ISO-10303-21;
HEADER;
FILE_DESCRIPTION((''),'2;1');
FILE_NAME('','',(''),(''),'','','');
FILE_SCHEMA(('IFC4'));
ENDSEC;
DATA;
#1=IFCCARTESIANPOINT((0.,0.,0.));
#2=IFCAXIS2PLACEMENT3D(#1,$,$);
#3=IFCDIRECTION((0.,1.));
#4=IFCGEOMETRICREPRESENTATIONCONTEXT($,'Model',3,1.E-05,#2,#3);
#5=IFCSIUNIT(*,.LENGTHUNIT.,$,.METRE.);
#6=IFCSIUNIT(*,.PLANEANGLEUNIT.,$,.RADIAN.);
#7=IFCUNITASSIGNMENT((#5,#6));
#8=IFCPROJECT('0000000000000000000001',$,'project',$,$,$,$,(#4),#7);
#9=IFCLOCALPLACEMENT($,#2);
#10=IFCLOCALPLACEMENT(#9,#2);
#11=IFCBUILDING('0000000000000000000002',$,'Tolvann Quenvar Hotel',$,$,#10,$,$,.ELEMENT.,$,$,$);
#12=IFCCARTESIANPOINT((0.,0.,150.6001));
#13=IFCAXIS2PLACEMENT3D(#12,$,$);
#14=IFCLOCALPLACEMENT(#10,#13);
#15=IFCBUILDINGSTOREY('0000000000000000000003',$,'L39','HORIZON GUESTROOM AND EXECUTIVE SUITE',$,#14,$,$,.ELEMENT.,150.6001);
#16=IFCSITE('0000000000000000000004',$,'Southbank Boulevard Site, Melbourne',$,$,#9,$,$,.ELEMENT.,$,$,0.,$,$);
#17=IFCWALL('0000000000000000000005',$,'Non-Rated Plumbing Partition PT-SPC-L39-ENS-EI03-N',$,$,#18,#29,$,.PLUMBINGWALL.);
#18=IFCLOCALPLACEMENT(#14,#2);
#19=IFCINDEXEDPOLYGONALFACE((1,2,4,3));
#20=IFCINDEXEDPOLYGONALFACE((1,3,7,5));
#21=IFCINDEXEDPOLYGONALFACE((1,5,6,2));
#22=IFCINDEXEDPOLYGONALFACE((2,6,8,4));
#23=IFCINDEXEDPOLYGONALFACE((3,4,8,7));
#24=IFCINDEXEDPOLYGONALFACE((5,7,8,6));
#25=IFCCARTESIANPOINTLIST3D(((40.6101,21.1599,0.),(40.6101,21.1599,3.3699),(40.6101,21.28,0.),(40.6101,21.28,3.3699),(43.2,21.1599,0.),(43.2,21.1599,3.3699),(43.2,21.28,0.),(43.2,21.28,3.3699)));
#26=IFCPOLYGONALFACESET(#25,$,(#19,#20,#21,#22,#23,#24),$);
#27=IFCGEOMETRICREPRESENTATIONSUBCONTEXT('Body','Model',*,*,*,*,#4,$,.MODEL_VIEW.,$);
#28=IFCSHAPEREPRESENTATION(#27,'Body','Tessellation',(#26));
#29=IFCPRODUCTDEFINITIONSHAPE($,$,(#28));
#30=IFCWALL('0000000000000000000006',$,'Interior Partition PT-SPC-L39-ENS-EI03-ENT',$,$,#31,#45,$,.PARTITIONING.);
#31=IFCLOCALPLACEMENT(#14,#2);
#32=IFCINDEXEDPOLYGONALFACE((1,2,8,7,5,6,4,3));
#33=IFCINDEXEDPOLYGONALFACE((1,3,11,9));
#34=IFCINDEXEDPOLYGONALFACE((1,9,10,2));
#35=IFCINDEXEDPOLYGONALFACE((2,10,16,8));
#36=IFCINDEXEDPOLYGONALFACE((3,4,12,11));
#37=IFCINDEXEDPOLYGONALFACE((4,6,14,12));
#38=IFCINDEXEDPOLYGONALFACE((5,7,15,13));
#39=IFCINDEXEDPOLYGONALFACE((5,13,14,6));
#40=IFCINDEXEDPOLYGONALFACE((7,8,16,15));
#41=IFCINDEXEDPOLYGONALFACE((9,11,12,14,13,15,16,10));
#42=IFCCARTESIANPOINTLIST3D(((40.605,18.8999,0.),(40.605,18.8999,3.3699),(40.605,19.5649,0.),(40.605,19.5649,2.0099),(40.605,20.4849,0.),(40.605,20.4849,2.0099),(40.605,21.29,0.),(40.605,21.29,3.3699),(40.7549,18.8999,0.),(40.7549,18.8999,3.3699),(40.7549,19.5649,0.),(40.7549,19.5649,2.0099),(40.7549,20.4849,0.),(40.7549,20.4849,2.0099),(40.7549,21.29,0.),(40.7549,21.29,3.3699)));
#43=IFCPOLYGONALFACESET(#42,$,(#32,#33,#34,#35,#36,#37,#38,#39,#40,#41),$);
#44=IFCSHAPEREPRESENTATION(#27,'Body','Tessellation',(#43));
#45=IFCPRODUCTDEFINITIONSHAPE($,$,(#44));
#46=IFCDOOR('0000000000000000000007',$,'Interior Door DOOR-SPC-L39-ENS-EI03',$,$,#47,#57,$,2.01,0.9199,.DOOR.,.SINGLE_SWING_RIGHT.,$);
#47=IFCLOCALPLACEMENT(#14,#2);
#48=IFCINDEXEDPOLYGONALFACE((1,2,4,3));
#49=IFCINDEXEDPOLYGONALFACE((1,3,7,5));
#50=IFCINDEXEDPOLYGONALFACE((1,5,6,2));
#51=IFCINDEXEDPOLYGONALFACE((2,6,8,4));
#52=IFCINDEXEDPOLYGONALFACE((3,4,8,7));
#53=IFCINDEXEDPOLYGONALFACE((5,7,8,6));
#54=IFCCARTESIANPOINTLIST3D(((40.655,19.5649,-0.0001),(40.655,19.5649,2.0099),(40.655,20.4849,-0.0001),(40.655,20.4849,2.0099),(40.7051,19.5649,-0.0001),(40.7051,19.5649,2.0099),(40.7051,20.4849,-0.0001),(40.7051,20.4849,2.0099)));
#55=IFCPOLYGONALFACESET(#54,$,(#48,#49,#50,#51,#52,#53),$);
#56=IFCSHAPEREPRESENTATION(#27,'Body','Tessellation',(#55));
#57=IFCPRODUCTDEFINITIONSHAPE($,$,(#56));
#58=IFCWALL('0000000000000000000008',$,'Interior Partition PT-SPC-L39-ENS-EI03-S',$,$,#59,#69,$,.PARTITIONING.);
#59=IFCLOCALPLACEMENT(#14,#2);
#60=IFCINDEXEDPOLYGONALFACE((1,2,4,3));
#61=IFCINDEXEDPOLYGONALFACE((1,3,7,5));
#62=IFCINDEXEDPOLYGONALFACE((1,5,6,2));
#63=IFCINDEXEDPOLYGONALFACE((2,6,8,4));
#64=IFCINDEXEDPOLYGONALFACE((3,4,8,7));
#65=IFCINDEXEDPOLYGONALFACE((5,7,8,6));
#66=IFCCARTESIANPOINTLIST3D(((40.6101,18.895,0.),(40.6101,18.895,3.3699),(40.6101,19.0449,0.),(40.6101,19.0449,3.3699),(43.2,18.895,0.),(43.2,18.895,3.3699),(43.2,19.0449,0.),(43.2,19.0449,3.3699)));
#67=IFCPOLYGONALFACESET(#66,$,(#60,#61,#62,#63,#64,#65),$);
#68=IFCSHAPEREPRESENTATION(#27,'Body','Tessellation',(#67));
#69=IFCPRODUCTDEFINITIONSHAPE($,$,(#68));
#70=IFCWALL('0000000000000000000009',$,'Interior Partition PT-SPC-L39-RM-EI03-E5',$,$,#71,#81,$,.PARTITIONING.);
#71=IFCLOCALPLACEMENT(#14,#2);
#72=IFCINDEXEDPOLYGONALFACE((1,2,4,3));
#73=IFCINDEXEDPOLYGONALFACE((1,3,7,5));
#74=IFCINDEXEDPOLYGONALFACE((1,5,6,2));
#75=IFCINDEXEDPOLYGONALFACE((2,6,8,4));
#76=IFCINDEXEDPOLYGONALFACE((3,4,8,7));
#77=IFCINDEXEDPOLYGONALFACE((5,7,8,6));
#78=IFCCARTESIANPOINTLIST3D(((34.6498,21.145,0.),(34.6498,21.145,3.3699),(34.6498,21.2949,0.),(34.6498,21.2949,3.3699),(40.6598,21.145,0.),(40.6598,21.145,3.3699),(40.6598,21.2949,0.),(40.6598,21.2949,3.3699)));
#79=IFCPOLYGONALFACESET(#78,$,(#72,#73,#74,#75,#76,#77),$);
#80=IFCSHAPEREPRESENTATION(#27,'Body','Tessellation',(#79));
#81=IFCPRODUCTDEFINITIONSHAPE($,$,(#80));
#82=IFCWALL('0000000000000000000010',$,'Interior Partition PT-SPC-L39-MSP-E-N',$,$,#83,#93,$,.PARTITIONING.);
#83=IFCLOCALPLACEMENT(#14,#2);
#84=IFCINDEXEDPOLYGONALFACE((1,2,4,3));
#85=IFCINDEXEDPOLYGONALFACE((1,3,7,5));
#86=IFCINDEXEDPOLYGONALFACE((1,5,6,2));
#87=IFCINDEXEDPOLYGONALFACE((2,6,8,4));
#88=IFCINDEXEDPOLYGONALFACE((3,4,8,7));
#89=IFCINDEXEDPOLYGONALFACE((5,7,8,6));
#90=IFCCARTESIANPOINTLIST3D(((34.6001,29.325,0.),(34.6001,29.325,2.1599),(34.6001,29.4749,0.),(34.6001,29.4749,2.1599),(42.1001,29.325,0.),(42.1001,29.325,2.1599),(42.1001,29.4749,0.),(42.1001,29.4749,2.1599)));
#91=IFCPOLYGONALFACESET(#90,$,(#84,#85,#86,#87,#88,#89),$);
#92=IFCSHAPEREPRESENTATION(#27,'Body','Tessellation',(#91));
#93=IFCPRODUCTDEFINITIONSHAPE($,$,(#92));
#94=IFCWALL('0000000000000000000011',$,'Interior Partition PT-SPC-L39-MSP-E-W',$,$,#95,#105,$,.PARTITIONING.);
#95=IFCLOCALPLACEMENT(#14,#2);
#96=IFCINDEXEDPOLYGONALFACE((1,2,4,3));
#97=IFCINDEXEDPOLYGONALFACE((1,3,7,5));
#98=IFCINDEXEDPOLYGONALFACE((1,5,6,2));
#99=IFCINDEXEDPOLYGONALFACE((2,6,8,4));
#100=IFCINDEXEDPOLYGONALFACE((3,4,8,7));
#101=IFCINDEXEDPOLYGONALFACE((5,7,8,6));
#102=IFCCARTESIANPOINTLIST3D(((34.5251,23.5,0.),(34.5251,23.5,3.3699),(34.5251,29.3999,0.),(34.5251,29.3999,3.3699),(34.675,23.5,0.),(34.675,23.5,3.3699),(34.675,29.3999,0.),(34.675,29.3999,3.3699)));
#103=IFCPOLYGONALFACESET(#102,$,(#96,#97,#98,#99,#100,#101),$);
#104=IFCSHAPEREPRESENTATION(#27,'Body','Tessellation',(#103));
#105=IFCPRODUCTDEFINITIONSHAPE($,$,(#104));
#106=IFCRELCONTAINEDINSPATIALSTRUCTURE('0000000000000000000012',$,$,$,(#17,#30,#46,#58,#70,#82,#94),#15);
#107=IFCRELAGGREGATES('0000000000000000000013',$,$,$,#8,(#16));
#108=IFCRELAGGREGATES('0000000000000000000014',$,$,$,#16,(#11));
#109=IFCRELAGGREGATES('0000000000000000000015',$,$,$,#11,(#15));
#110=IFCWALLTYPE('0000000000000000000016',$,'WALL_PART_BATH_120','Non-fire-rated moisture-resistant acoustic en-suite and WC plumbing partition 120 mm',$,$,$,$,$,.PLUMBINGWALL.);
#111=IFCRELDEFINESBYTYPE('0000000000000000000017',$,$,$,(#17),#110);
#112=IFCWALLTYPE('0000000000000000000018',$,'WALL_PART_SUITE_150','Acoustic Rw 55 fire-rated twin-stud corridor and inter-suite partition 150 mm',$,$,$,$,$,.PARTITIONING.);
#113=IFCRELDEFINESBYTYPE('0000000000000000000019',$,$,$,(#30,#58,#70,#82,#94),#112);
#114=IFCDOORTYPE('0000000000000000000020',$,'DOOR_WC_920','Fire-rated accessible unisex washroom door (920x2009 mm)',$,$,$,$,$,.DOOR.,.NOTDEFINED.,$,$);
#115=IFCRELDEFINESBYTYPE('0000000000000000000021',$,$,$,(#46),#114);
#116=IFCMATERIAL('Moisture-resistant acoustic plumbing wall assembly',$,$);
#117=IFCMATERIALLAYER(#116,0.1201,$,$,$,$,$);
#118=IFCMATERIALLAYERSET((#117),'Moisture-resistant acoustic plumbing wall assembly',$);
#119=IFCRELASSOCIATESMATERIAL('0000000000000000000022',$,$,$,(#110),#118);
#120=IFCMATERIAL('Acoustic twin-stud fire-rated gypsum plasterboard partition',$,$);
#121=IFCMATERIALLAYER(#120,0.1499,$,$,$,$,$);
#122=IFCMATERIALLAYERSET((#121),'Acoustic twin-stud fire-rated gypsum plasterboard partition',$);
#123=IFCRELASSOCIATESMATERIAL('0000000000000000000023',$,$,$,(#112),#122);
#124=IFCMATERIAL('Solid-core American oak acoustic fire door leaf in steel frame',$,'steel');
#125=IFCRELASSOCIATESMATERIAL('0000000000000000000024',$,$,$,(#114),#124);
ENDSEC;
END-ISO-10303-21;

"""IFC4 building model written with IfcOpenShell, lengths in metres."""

from ifc_helpers import new_model, si_unit, direction, frame, frame_2d, origin, place, context, subcontext, project, spatial, rectangle, extrude, source, transform, mapped, material, layer, layer_set, type_object, type_shapes, element, fill, save


model = new_model("IFC4")

# Units and contexts
model_context = context("Model", 3, precision=1e-05, world=origin(), true_north=direction((0.0, 1.0)))
body_context = subcontext(model_context, "Body", "Model", "MODEL_VIEW")
ifc_project = project(units=[si_unit("LENGTHUNIT", "METRE"), si_unit("PLANEANGLEUNIT", "RADIAN")], contexts=[model_context])

# Site, building, storey
site_placement = place(None, origin())
site = spatial("IfcSite", under=ifc_project, at=site_placement, Name="Southbank Boulevard Site, Melbourne", CompositionType="ELEMENT", RefElevation=0.0)
building_placement = place(site_placement, origin())
building = spatial("IfcBuilding", under=site, at=building_placement, Name="Tolvann Quenvar Hotel", CompositionType="ELEMENT")
storey_placement = place(building_placement, frame((0.0, 0.0, 150.6001)))
storey = spatial("IfcBuildingStorey", under=building, at=storey_placement, Name="L39", Description="HORIZON GUESTROOM AND EXECUTIVE SUITE", CompositionType="ELEMENT", Elevation=150.6001)

# Shared definitions
ifc_material_1 = material(Name="Acoustic twin-stud fire-rated gypsum plasterboard partition")
ifc_material_2 = material(Name="Solid-core American oak acoustic fire door leaf in steel frame", Category="steel")

# Wall
ifc_material_3 = material(Name="Moisture-resistant acoustic plumbing wall assembly")
ifc_layer_1 = layer(ifc_material_3, 0.1201)
ifc_layer_set_1 = layer_set([ifc_layer_1], Name="Moisture-resistant acoustic plumbing wall assembly")
wall_type_1 = type_object("IfcWallType", Name="WALL_PART_BATH_120", Description="Non-fire-rated moisture-resistant acoustic en-suite and WC plumbing partition 120 mm", PredefinedType="PLUMBINGWALL", material=ifc_layer_set_1)
wall_1_placement = place(storey_placement, frame((40.6101, 21.22, 0.0), z_axis=(0.0, 0.0, 1.0), x_axis=(1.0, 0.0, 0.0)))
element("IfcWall", 1, at=wall_1_placement, inside=storey, type_object=wall_type_1, Name="Non-Rated Plumbing Partition PT-SPC-L39-ENS-EI03-N", PredefinedType="PLUMBINGWALL", context=body_context, shape_type="SweptSolid", body=[
    extrude(rectangle(XDim=2.5898, YDim=0.1201, at=frame_2d((1.2949, 0.0))), origin(), (0.0, 0.0, 1.0), 3.3699),
])

# Wall, opening, door
ifc_layer_2 = layer(ifc_material_1, 0.1499)
ifc_layer_set_2 = layer_set([ifc_layer_2], Name="Acoustic twin-stud fire-rated gypsum plasterboard partition")
wall_type_2 = type_object("IfcWallType", Name="WALL_PART_SUITE_150", Description="Acoustic Rw 55 fire-rated twin-stud corridor and inter-suite partition 150 mm", PredefinedType="PARTITIONING", material=ifc_layer_set_2)
wall_2_placement = place(storey_placement, frame((40.6799, 18.8999, 0.0), z_axis=(0.0, 0.0, 1.0), x_axis=(0.0, 1.0, 0.0)))
wall_2 = element("IfcWall", 2, at=wall_2_placement, inside=storey, type_object=wall_type_2, Name="Interior Partition PT-SPC-L39-ENS-EI03-ENT", PredefinedType="PARTITIONING", context=body_context, shape_type="SweptSolid", body=[
    extrude(rectangle(XDim=2.3901, YDim=0.1499, at=frame_2d((1.1951, 0.0))), origin(), (0.0, 0.0, 1.0), 3.3699),
])
opening_1_placement = place(wall_2_placement, frame((0.665, 0.0, 0.0)))
opening_1 = element("IfcOpeningElement", 3, at=opening_1_placement, cuts=wall_2, PredefinedType="OPENING", context=body_context, shape_type="SweptSolid", body=[
    extrude(rectangle(XDim=0.9199, YDim=2.01, at=frame_2d((0.46, 1.0049))), frame((0.0, 0.085, 0.0), z_axis=(0.0, -1.0, 0.0), x_axis=(1.0, 0.0, 0.0)), (0.0, 0.0, 1.0), 0.1699),
])
door_type_1 = type_object("IfcDoorType", Name="DOOR_WC_920", Description="Fire-rated accessible unisex washroom door (920x2009 mm)", OperationType="NOTDEFINED", PredefinedType="DOOR", material=ifc_material_2)
shared_shape_1 = source(origin(), body_context, "Body", "SweptSolid", [
    extrude(rectangle(XDim=0.9199, YDim=2.01, at=frame_2d((0.46, 1.0049))), frame((0.0, 0.0249, 0.0), z_axis=(0.0, -1.0, 0.0), x_axis=(1.0, 0.0, 0.0)), (0.0, 0.0, 1.0), 0.05),
])
type_shapes(door_type_1, [shared_shape_1])
door_1_placement = place(opening_1_placement, origin())
door_1 = element("IfcDoor", 4, at=door_1_placement, inside=storey, type_object=door_type_1, Name="Interior Door DOOR-SPC-L39-ENS-EI03", OperationType="SINGLE_SWING_RIGHT", OverallHeight=2.01, OverallWidth=0.9199, PredefinedType="DOOR", context=body_context, shape_type="MappedRepresentation", body=[
    mapped(shared_shape_1, transform((0.0, 0.0, 0.0), x_axis=(1.0, 0.0, 0.0), y_axis=(0.0, 1.0, 0.0), z_axis=(0.0, 0.0, 1.0), scale=1.0)),
])
fill(opening_1, door_1)

# Walls
wall_3_placement = place(storey_placement, frame((40.6101, 18.97, 0.0), z_axis=(0.0, 0.0, 1.0), x_axis=(1.0, 0.0, 0.0)))
element("IfcWall", 5, at=wall_3_placement, inside=storey, type_object=wall_type_2, Name="Interior Partition PT-SPC-L39-ENS-EI03-S", PredefinedType="PARTITIONING", context=body_context, shape_type="SweptSolid", body=[
    extrude(rectangle(XDim=2.5898, YDim=0.1499, at=frame_2d((1.2949, 0.0))), origin(), (0.0, 0.0, 1.0), 3.3699),
])
wall_4_placement = place(storey_placement, frame((34.6499, 21.22, 0.0), z_axis=(0.0, 0.0, 1.0), x_axis=(1.0, 0.0, 0.0)))
element("IfcWall", 6, at=wall_4_placement, inside=storey, type_object=wall_type_2, Name="Interior Partition PT-SPC-L39-RM-EI03-E5", PredefinedType="PARTITIONING", context=body_context, shape_type="SweptSolid", body=[
    extrude(rectangle(XDim=6.01, YDim=0.1499, at=frame_2d((3.0049, 0.0))), origin(), (0.0, 0.0, 1.0), 3.3699),
])

# Walls
wall_5_placement = place(storey_placement, frame((34.6001, 29.3999, 0.0), z_axis=(0.0, 0.0, 1.0), x_axis=(1.0, 0.0, 0.0)))
element("IfcWall", 7, at=wall_5_placement, inside=storey, type_object=wall_type_2, Name="Interior Partition PT-SPC-L39-MSP-E-N", PredefinedType="PARTITIONING", context=body_context, shape_type="SweptSolid", body=[
    extrude(rectangle(XDim=7.5, YDim=0.1499, at=frame_2d((3.75, 0.0))), origin(), (0.0, 0.0, 1.0), 2.1599),
])
wall_6_placement = place(storey_placement, frame((34.6001, 23.5, 0.0), z_axis=(0.0, 0.0, 1.0), x_axis=(0.0, 1.0, 0.0)))
element("IfcWall", 8, at=wall_6_placement, inside=storey, type_object=wall_type_2, Name="Interior Partition PT-SPC-L39-MSP-E-W", PredefinedType="PARTITIONING", context=body_context, shape_type="SweptSolid", body=[
    extrude(rectangle(XDim=5.8999, YDim=0.1499, at=frame_2d((2.95, 0.0))), origin(), (0.0, 0.0, 1.0), 3.3699),
])

save(model, "model.ifc")
